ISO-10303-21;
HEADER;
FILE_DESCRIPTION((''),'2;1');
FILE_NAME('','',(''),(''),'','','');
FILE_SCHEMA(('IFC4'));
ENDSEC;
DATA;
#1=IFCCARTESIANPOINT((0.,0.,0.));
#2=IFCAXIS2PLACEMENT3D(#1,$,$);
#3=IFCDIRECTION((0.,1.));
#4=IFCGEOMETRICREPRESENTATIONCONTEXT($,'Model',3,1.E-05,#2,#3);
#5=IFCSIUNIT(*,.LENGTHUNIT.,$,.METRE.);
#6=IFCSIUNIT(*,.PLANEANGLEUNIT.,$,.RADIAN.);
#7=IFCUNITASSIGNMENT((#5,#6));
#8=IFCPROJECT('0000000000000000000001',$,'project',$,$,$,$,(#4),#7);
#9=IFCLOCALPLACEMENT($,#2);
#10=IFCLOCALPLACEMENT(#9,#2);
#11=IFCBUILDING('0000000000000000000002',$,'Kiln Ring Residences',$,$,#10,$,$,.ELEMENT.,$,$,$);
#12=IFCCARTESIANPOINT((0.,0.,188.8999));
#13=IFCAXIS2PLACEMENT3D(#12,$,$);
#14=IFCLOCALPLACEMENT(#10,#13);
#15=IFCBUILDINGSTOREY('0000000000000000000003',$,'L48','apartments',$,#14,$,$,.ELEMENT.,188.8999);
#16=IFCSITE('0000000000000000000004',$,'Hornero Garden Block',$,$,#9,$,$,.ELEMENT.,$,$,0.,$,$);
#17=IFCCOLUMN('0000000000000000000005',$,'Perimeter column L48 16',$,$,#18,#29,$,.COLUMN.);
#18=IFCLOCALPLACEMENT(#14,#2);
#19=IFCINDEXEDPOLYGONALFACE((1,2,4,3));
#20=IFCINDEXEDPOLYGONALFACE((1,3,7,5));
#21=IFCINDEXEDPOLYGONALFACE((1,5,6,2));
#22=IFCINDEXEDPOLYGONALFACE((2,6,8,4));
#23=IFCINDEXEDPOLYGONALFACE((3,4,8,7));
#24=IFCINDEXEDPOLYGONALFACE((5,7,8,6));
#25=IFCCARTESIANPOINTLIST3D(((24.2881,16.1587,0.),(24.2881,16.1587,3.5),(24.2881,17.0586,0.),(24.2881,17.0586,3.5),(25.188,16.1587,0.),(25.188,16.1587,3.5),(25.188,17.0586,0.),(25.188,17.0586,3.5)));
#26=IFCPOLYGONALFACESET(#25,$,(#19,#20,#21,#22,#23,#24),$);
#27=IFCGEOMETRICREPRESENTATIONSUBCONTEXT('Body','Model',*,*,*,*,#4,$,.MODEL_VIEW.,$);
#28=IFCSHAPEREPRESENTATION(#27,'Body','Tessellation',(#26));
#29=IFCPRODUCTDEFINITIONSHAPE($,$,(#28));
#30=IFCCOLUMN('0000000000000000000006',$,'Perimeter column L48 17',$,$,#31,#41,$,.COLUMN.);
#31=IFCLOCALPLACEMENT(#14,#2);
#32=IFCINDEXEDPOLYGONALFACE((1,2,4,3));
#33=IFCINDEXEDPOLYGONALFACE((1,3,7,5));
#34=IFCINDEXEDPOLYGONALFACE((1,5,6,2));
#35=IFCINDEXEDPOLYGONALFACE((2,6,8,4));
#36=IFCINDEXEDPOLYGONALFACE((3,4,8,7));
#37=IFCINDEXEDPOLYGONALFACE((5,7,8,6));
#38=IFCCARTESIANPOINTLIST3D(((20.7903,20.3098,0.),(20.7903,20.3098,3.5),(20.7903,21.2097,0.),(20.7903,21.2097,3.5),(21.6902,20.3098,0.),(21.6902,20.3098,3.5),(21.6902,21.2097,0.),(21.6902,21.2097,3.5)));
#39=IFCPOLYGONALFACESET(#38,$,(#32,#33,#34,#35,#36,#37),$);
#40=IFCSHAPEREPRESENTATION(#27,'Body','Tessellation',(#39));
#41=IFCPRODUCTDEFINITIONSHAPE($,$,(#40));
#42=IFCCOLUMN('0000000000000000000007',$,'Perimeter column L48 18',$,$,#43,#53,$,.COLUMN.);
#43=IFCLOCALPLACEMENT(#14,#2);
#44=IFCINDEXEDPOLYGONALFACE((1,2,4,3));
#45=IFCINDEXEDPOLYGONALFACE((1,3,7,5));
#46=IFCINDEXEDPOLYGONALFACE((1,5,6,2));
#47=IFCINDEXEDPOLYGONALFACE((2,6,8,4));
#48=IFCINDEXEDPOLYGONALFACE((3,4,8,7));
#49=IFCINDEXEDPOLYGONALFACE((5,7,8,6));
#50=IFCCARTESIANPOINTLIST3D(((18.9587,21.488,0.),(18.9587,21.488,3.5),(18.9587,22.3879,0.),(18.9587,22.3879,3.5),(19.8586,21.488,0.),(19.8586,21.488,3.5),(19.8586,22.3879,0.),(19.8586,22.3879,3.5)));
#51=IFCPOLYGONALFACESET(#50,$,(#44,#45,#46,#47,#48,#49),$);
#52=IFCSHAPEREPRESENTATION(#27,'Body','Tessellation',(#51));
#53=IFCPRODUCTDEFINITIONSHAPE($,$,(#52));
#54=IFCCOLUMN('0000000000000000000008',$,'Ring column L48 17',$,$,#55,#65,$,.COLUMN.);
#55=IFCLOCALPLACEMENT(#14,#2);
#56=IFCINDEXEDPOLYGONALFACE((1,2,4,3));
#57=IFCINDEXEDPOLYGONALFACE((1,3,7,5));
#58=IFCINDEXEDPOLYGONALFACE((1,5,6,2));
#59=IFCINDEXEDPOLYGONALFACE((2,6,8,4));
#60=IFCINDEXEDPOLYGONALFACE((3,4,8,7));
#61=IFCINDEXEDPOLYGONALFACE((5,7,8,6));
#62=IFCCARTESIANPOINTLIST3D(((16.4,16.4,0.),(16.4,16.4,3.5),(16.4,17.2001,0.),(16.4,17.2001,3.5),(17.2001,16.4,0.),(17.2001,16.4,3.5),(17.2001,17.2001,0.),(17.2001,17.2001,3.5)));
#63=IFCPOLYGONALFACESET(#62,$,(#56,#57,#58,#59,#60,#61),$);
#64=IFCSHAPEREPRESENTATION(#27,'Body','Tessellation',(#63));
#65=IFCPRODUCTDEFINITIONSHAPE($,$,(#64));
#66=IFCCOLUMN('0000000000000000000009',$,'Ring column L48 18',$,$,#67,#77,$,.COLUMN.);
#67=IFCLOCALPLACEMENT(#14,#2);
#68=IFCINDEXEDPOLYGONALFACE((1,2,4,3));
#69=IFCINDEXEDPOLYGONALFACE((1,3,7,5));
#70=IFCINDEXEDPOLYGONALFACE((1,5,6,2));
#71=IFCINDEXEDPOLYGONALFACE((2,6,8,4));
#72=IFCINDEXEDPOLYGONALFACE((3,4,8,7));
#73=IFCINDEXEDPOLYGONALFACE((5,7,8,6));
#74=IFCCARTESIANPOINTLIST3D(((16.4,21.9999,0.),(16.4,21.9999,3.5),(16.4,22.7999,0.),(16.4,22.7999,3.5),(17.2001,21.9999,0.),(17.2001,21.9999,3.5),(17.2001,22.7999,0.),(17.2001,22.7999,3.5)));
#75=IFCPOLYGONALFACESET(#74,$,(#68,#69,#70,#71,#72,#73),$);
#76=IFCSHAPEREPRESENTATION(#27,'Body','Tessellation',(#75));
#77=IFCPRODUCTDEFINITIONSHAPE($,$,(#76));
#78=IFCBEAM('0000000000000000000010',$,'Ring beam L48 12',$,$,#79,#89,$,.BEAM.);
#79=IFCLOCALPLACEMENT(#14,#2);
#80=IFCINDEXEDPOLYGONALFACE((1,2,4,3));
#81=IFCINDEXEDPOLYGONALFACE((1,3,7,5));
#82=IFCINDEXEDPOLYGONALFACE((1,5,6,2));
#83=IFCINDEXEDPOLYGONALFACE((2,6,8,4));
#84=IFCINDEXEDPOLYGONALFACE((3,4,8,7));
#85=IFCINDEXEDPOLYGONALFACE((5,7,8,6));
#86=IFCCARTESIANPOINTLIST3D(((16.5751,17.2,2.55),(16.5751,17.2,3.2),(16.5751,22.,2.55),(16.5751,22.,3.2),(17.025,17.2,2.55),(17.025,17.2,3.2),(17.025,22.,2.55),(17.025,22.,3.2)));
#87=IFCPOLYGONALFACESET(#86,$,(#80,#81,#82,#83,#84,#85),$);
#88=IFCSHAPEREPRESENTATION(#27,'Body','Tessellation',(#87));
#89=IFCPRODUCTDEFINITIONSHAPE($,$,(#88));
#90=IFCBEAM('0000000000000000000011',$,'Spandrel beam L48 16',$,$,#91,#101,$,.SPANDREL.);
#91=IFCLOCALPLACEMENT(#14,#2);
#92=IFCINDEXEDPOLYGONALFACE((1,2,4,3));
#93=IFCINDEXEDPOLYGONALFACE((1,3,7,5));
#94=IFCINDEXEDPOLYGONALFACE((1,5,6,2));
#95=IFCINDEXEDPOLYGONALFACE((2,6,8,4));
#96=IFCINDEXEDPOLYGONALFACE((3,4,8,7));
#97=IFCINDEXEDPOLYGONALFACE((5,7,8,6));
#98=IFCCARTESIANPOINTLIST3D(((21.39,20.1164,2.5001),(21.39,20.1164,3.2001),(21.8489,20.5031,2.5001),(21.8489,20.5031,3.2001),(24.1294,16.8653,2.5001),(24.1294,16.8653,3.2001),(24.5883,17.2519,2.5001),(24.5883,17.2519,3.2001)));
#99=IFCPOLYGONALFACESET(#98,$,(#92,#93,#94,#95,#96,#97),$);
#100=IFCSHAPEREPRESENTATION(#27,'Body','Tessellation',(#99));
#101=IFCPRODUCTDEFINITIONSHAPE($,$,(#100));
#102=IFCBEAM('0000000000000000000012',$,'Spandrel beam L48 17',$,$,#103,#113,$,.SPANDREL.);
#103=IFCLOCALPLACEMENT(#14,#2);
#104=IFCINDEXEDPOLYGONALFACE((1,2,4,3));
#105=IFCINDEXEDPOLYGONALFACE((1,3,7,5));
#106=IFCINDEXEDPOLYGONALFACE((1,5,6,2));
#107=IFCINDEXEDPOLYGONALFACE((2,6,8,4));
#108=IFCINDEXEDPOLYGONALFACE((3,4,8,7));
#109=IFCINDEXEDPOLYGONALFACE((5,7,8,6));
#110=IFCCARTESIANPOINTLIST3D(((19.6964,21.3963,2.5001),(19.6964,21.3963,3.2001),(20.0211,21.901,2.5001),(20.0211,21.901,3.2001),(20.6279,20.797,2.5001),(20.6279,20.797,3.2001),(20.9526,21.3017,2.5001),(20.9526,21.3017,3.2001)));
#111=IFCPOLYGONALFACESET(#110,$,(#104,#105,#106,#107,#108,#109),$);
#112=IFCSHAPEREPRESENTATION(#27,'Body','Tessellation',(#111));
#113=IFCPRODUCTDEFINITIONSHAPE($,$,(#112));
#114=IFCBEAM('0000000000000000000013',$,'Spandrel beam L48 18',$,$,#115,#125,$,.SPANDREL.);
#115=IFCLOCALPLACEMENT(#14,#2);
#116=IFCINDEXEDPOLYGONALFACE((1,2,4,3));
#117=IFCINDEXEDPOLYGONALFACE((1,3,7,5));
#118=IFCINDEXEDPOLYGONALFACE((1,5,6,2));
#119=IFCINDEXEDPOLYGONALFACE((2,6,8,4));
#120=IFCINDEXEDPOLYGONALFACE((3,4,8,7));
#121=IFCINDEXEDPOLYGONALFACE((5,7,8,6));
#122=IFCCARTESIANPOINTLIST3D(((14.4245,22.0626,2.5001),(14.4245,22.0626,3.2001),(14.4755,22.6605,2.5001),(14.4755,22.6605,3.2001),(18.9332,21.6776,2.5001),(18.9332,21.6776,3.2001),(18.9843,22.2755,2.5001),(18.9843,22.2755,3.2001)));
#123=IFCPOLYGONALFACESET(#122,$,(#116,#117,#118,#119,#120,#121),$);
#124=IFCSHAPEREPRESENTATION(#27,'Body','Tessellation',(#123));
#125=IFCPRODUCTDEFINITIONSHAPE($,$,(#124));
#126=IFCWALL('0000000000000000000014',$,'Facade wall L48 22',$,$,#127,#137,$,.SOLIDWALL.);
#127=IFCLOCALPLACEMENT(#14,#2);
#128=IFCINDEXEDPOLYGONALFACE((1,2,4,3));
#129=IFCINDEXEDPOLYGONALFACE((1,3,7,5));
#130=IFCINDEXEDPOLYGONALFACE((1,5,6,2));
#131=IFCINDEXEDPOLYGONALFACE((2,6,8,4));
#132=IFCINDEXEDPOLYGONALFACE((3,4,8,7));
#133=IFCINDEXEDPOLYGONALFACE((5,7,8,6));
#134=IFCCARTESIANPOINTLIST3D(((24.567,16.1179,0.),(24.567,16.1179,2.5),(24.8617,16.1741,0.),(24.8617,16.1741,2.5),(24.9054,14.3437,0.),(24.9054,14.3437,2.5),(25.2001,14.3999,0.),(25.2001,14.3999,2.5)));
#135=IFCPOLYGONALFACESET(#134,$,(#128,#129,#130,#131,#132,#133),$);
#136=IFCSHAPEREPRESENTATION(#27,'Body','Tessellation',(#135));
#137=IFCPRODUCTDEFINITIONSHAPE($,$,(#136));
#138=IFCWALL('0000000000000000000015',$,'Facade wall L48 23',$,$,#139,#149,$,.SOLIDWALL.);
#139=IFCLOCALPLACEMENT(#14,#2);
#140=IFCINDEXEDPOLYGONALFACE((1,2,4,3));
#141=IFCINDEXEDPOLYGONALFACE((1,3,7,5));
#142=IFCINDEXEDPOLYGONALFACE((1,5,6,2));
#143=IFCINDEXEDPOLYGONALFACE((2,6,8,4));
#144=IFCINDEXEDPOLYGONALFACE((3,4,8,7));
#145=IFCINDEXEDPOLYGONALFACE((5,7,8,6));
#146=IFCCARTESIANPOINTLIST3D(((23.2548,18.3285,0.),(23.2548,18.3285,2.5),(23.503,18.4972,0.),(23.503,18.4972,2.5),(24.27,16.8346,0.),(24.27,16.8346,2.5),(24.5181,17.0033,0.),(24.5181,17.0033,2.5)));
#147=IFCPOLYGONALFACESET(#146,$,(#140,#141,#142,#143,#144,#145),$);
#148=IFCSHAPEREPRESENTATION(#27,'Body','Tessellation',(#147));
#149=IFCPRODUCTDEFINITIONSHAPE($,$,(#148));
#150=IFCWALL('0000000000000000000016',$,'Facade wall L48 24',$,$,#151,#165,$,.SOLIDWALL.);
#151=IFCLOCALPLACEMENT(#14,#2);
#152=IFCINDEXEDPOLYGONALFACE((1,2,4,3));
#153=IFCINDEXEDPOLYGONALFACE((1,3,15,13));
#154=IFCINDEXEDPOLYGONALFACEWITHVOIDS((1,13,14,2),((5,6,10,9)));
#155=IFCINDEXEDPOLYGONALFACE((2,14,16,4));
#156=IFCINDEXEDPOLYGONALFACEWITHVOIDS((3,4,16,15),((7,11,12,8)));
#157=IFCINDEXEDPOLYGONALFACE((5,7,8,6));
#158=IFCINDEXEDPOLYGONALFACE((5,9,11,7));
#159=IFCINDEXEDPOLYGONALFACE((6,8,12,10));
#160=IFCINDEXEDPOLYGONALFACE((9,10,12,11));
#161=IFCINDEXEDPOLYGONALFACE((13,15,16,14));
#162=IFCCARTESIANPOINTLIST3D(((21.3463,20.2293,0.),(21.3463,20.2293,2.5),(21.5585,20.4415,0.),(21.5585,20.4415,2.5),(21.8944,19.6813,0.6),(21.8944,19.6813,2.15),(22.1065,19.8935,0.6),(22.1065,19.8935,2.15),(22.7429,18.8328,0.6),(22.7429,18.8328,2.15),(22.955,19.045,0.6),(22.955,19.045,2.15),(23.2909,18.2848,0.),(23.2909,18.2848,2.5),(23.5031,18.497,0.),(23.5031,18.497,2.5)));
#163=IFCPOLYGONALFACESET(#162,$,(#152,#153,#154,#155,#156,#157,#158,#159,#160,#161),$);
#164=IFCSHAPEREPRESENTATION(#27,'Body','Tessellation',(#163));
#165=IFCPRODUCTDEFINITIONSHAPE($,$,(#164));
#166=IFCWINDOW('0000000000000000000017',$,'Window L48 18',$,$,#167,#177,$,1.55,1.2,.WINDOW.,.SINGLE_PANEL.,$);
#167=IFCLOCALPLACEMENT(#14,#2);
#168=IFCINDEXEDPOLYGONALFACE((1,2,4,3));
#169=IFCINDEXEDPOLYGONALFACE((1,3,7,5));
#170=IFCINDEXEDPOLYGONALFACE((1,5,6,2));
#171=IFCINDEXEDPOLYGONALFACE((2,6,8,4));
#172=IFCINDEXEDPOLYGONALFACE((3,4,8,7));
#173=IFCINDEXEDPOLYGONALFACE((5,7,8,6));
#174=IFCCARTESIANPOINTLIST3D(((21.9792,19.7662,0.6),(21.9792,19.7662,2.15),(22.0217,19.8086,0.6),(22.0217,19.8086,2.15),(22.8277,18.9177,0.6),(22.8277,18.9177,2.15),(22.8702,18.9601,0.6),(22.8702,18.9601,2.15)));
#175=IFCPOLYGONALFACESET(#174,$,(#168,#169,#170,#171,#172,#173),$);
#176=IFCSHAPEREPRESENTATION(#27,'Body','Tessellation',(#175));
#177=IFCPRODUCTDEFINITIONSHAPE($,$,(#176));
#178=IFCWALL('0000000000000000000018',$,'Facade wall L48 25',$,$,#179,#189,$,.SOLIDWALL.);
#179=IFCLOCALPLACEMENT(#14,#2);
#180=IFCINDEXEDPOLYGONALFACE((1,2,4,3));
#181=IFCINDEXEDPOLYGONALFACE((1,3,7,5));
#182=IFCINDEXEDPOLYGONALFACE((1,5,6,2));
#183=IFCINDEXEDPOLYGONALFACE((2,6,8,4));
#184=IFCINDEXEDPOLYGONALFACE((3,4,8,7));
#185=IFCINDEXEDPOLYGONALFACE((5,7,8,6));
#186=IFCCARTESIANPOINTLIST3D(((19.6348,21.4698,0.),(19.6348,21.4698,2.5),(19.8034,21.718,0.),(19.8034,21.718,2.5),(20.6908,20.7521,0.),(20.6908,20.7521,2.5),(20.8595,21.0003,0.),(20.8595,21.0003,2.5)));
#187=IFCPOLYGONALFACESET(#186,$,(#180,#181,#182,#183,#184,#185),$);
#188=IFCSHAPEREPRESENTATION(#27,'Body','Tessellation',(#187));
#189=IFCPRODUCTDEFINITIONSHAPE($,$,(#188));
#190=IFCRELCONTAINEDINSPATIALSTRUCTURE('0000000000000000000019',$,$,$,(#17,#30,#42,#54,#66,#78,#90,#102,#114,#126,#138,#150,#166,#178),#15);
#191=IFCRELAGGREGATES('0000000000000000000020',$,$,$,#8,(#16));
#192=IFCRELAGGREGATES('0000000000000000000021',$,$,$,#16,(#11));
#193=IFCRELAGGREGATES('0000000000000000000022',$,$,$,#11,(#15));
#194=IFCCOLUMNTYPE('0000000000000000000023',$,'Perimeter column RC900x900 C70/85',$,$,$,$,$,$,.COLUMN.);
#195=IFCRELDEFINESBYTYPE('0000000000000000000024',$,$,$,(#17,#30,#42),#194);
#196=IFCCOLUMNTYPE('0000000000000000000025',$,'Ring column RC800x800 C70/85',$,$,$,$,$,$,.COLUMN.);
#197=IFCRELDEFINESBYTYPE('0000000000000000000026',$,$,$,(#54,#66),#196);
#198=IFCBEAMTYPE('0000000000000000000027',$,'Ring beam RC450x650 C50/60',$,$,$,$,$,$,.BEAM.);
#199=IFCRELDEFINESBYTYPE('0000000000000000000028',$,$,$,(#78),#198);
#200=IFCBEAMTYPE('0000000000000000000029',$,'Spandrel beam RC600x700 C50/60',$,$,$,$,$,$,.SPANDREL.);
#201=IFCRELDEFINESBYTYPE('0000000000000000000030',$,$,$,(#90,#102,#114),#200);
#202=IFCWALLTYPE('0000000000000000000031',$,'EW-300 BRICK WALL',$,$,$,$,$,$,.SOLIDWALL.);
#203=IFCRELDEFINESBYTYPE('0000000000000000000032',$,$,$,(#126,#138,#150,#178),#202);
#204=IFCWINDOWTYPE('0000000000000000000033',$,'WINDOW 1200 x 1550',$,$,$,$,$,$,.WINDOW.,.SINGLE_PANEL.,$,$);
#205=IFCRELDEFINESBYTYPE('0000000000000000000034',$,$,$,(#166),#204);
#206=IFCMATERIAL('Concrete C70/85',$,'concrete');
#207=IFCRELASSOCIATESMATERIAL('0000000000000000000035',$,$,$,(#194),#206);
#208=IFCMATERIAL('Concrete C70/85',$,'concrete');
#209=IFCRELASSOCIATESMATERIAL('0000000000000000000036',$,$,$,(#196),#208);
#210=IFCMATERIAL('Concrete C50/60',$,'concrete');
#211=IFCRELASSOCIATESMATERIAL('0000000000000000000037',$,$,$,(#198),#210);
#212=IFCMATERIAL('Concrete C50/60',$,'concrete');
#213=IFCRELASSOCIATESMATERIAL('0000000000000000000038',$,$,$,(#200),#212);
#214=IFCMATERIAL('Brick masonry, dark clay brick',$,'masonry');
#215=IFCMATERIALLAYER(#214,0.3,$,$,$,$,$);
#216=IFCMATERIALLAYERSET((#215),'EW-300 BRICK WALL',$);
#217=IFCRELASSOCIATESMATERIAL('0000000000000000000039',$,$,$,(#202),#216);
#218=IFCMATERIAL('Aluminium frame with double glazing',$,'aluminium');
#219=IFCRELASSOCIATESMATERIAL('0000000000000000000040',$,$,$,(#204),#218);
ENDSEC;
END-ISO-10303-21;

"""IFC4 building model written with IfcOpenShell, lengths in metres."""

from ifc_helpers import new_model, si_unit, direction, frame, frame_2d, origin, origin_2d, place, context, subcontext, project, spatial, rectangle, extrude, material, layer, layer_set, material_profile, profile_set, type_object, element, fill, save


model = new_model("IFC4")

# Units and contexts
model_context = context("Model", 3, precision=1e-05, world=origin(), true_north=direction((0.0, 1.0)))
body_context = subcontext(model_context, "Body", "Model", "MODEL_VIEW")
ifc_project = project(units=[si_unit("LENGTHUNIT", "METRE"), si_unit("PLANEANGLEUNIT", "RADIAN")], contexts=[model_context])

# Site, building, storey
site_placement = place(None, origin())
site = spatial("IfcSite", under=ifc_project, at=site_placement, Name="Hornero Garden Block", CompositionType="ELEMENT", RefElevation=0.0)
building_placement = place(site_placement, origin())
building = spatial("IfcBuilding", under=site, at=building_placement, Name="Kiln Ring Residences", CompositionType="ELEMENT")
storey_placement = place(building_placement, frame((0.0, 0.0, 188.8999)))
storey = spatial("IfcBuildingStorey", under=building, at=storey_placement, Name="L48", Description="apartments", CompositionType="ELEMENT", Elevation=188.8999)

# Columns
ifc_material_1 = material(Name="Concrete C70/85", Category="concrete")
ifc_material_profile_1 = material_profile(ifc_material_1, rectangle(XDim=0.8999, YDim=0.8999, at=origin_2d()), Name="RC900x900")
ifc_profile_set_1 = profile_set([ifc_material_profile_1], Name="Concrete C70/85")
column_type_1 = type_object("IfcColumnType", Name="Perimeter column RC900x900 C70/85", PredefinedType="COLUMN", material=ifc_profile_set_1)
for number, where, z_axis, x_axis, name in (
    (1, (24.738, 16.6086, 0.0), (0.0, 0.0, 1.0), (1.0, 0.0, 0.0), "Perimeter column L48 16"),
    (2, (21.2402, 20.7598, 0.0), (0.0, 0.0, 1.0), (1.0, 0.0, 0.0), "Perimeter column L48 17"),
    (3, (19.4087, 21.938, 0.0), (0.0, 0.0, 1.0), (1.0, 0.0, 0.0), "Perimeter column L48 18"),
):
    element("IfcColumn", number, at=place(storey_placement, frame(where, z_axis=z_axis, x_axis=x_axis)), inside=storey, type_object=column_type_1, Name=name, PredefinedType="COLUMN", context=body_context, shape_type="SweptSolid", body=[
        extrude(rectangle(XDim=0.8999, YDim=0.8999, at=origin_2d()), origin(), (0.0, 0.0, 1.0), 3.5),
    ])
ifc_material_2 = material(Name="Concrete C70/85", Category="concrete")
ifc_material_profile_2 = material_profile(ifc_material_2, rectangle(XDim=0.8, YDim=0.8, at=origin_2d()), Name="RC800x800")
ifc_profile_set_2 = profile_set([ifc_material_profile_2], Name="Concrete C70/85")
column_type_2 = type_object("IfcColumnType", Name="Ring column RC800x800 C70/85", PredefinedType="COLUMN", material=ifc_profile_set_2)
for number, where, z_axis, x_axis, name in (
    (4, (16.8, 16.8, 0.0), (0.0, 0.0, 1.0), (1.0, 0.0, 0.0), "Ring column L48 17"),
    (5, (16.8, 22.3999, 0.0), (0.0, 0.0, 1.0), (1.0, 0.0, 0.0), "Ring column L48 18"),
):
    element("IfcColumn", number, at=place(storey_placement, frame(where, z_axis=z_axis, x_axis=x_axis)), inside=storey, type_object=column_type_2, Name=name, PredefinedType="COLUMN", context=body_context, shape_type="SweptSolid", body=[
        extrude(rectangle(XDim=0.8, YDim=0.8, at=origin_2d()), origin(), (0.0, 0.0, 1.0), 3.5),
    ])

# Beams
ifc_material_3 = material(Name="Concrete C50/60", Category="concrete")
ifc_material_profile_3 = material_profile(ifc_material_3, rectangle(XDim=0.45, YDim=0.6499, at=origin_2d()), Name="RC450x650")
ifc_profile_set_3 = profile_set([ifc_material_profile_3], Name="Concrete C50/60")
beam_type_1 = type_object("IfcBeamType", Name="Ring beam RC450x650 C50/60", PredefinedType="BEAM", material=ifc_profile_set_3)
beam_1_placement = place(storey_placement, frame((16.8, 17.2, 2.875), z_axis=(0.0, 1.0, 0.0), x_axis=(-1.0, 0.0, 0.0)))
element("IfcBeam", 6, at=beam_1_placement, inside=storey, type_object=beam_type_1, Name="Ring beam L48 12", PredefinedType="BEAM", context=body_context, shape_type="SweptSolid", body=[
    extrude(rectangle(XDim=0.45, YDim=0.6499, at=origin_2d()), origin(), (0.0, 0.0, 1.0), 4.8),
])
ifc_material_4 = material(Name="Concrete C50/60", Category="concrete")
ifc_material_profile_4 = material_profile(ifc_material_4, rectangle(XDim=0.6001, YDim=0.7, at=origin_2d()), Name="RC600x700")
ifc_profile_set_4 = profile_set([ifc_material_profile_4], Name="Concrete C50/60")
beam_type_2 = type_object("IfcBeamType", Name="Spandrel beam RC600x700 C50/60", PredefinedType="SPANDREL", material=ifc_profile_set_4)
beam_2_placement = place(storey_placement, frame((24.3589, 17.0586, 2.8501), z_axis=(-0.64436, 0.764722, 0.0), x_axis=(-0.764722, -0.64436, 0.0)))
element("IfcBeam", 7, at=beam_2_placement, inside=storey, type_object=beam_type_2, Name="Spandrel beam L48 16", PredefinedType="SPANDREL", context=body_context, shape_type="SweptSolid", body=[
    extrude(rectangle(XDim=0.6001, YDim=0.7, at=origin_2d()), origin(), (0.0, 0.0, 1.0), 4.2515),
])
beam_3_placement = place(storey_placement, frame((20.7903, 21.0493, 2.8501), z_axis=(-0.840992, 0.541047, 0.0), x_axis=(-0.541047, -0.840992, 0.0)))
element("IfcBeam", 8, at=beam_3_placement, inside=storey, type_object=beam_type_2, Name="Spandrel beam L48 17", PredefinedType="SPANDREL", context=body_context, shape_type="SweptSolid", body=[
    extrude(rectangle(XDim=0.6001, YDim=0.7, at=origin_2d()), origin(), (0.0, 0.0, 1.0), 1.1077),
])
beam_4_placement = place(storey_placement, frame((18.9587, 21.9766, 2.8501), z_axis=(-0.996374, 0.085081, 0.0), x_axis=(-0.085081, -0.996374, 0.0)))
element("IfcBeam", 9, at=beam_4_placement, inside=storey, type_object=beam_type_2, Name="Spandrel beam L48 18", PredefinedType="SPANDREL", context=body_context, shape_type="SweptSolid", body=[
    extrude(rectangle(XDim=0.6001, YDim=0.7, at=origin_2d()), origin(), (0.0, 0.0, 1.0), 4.5251),
])

# Walls
ifc_material_5 = material(Name="Brick masonry, dark clay brick", Category="masonry")
ifc_layer_1 = layer(ifc_material_5, 0.3)
ifc_layer_set_1 = layer_set([ifc_layer_1], Name="EW-300 BRICK WALL")
wall_type_1 = type_object("IfcWallType", Name="EW-300 BRICK WALL", PredefinedType="SOLIDWALL", material=ifc_layer_set_1)
for number, where, z_axis, x_axis, name in (
    (10, (25.0527, 14.3718, 0.0), (0.0, 0.0, 1.0), (-0.187348, 0.982294, 0.0), "Facade wall L48 22"),
    (11, (24.394, 16.9189, 0.0), (0.0, 0.0, 1.0), (-0.56204, 0.82711, 0.0), "Facade wall L48 23"),
):
    element("IfcWall", number, at=place(storey_placement, frame(where, z_axis=z_axis, x_axis=x_axis)), inside=storey, type_object=wall_type_1, Name=name, PredefinedType="SOLIDWALL", context=body_context, shape_type="SweptSolid", body=[
        extrude(rectangle(XDim=1.8062, YDim=0.3, at=frame_2d((0.9031, 0.0))), origin(), (0.0, 0.0, 1.0), 2.5),
    ])

# Wall, opening, window
wall_1_placement = place(storey_placement, frame((23.397, 18.3909, 0.0), z_axis=(0.0, 0.0, 1.0), x_axis=(-0.707107, 0.707107, 0.0)))
wall_1 = element("IfcWall", 12, at=wall_1_placement, inside=storey, type_object=wall_type_1, Name="Facade wall L48 24", PredefinedType="SOLIDWALL", context=body_context, shape_type="SweptSolid", body=[
    extrude(rectangle(XDim=2.75, YDim=0.3, at=frame_2d((1.375, 0.0))), origin(), (0.0, 0.0, 1.0), 2.5),
])
opening_1_placement = place(wall_1_placement, frame((0.7749, 0.0, 0.6001)))
opening_1 = element("IfcOpeningElement", 13, at=opening_1_placement, cuts=wall_1, PredefinedType="OPENING", context=body_context, shape_type="SweptSolid", body=[
    extrude(rectangle(XDim=1.2, YDim=1.55, at=frame_2d((0.6001, 0.7749))), frame((0.0, 0.1599, 0.0), z_axis=(0.0, -1.0, 0.0), x_axis=(1.0, 0.0, 0.0)), (0.0, 0.0, 1.0), 0.3201),
])
ifc_material_6 = material(Name="Aluminium frame with double glazing", Category="aluminium")
window_type_1 = type_object("IfcWindowType", Name="WINDOW 1200 x 1550", PartitioningType="SINGLE_PANEL", PredefinedType="WINDOW", material=ifc_material_6)
window_1_placement = place(opening_1_placement, origin())
window_1 = element("IfcWindow", 14, at=window_1_placement, inside=storey, type_object=window_type_1, Name="Window L48 18", OverallHeight=1.55, OverallWidth=1.2, PartitioningType="SINGLE_PANEL", PredefinedType="WINDOW", context=body_context, shape_type="SweptSolid", body=[
    extrude(rectangle(XDim=1.2, YDim=1.55, at=frame_2d((0.6001, 0.7749))), frame((0.0, 0.03, 0.0), z_axis=(0.0, -1.0, 0.0), x_axis=(1.0, 0.0, 0.0)), (0.0, 0.0, 1.0), 0.0601),
])
fill(opening_1, window_1)

# Wall
wall_2_placement = place(storey_placement, frame((20.7751, 20.8762, 0.0), z_axis=(0.0, 0.0, 1.0), x_axis=(-0.827076, 0.56209, 0.0)))
element("IfcWall", 15, at=wall_2_placement, inside=storey, type_object=wall_type_1, Name="Facade wall L48 25", PredefinedType="SOLIDWALL", context=body_context, shape_type="SweptSolid", body=[
    extrude(rectangle(XDim=1.2769, YDim=0.3, at=frame_2d((0.6384, 0.0))), origin(), (0.0, 0.0, 1.0), 2.5),
])

save(model, "model.ifc")
